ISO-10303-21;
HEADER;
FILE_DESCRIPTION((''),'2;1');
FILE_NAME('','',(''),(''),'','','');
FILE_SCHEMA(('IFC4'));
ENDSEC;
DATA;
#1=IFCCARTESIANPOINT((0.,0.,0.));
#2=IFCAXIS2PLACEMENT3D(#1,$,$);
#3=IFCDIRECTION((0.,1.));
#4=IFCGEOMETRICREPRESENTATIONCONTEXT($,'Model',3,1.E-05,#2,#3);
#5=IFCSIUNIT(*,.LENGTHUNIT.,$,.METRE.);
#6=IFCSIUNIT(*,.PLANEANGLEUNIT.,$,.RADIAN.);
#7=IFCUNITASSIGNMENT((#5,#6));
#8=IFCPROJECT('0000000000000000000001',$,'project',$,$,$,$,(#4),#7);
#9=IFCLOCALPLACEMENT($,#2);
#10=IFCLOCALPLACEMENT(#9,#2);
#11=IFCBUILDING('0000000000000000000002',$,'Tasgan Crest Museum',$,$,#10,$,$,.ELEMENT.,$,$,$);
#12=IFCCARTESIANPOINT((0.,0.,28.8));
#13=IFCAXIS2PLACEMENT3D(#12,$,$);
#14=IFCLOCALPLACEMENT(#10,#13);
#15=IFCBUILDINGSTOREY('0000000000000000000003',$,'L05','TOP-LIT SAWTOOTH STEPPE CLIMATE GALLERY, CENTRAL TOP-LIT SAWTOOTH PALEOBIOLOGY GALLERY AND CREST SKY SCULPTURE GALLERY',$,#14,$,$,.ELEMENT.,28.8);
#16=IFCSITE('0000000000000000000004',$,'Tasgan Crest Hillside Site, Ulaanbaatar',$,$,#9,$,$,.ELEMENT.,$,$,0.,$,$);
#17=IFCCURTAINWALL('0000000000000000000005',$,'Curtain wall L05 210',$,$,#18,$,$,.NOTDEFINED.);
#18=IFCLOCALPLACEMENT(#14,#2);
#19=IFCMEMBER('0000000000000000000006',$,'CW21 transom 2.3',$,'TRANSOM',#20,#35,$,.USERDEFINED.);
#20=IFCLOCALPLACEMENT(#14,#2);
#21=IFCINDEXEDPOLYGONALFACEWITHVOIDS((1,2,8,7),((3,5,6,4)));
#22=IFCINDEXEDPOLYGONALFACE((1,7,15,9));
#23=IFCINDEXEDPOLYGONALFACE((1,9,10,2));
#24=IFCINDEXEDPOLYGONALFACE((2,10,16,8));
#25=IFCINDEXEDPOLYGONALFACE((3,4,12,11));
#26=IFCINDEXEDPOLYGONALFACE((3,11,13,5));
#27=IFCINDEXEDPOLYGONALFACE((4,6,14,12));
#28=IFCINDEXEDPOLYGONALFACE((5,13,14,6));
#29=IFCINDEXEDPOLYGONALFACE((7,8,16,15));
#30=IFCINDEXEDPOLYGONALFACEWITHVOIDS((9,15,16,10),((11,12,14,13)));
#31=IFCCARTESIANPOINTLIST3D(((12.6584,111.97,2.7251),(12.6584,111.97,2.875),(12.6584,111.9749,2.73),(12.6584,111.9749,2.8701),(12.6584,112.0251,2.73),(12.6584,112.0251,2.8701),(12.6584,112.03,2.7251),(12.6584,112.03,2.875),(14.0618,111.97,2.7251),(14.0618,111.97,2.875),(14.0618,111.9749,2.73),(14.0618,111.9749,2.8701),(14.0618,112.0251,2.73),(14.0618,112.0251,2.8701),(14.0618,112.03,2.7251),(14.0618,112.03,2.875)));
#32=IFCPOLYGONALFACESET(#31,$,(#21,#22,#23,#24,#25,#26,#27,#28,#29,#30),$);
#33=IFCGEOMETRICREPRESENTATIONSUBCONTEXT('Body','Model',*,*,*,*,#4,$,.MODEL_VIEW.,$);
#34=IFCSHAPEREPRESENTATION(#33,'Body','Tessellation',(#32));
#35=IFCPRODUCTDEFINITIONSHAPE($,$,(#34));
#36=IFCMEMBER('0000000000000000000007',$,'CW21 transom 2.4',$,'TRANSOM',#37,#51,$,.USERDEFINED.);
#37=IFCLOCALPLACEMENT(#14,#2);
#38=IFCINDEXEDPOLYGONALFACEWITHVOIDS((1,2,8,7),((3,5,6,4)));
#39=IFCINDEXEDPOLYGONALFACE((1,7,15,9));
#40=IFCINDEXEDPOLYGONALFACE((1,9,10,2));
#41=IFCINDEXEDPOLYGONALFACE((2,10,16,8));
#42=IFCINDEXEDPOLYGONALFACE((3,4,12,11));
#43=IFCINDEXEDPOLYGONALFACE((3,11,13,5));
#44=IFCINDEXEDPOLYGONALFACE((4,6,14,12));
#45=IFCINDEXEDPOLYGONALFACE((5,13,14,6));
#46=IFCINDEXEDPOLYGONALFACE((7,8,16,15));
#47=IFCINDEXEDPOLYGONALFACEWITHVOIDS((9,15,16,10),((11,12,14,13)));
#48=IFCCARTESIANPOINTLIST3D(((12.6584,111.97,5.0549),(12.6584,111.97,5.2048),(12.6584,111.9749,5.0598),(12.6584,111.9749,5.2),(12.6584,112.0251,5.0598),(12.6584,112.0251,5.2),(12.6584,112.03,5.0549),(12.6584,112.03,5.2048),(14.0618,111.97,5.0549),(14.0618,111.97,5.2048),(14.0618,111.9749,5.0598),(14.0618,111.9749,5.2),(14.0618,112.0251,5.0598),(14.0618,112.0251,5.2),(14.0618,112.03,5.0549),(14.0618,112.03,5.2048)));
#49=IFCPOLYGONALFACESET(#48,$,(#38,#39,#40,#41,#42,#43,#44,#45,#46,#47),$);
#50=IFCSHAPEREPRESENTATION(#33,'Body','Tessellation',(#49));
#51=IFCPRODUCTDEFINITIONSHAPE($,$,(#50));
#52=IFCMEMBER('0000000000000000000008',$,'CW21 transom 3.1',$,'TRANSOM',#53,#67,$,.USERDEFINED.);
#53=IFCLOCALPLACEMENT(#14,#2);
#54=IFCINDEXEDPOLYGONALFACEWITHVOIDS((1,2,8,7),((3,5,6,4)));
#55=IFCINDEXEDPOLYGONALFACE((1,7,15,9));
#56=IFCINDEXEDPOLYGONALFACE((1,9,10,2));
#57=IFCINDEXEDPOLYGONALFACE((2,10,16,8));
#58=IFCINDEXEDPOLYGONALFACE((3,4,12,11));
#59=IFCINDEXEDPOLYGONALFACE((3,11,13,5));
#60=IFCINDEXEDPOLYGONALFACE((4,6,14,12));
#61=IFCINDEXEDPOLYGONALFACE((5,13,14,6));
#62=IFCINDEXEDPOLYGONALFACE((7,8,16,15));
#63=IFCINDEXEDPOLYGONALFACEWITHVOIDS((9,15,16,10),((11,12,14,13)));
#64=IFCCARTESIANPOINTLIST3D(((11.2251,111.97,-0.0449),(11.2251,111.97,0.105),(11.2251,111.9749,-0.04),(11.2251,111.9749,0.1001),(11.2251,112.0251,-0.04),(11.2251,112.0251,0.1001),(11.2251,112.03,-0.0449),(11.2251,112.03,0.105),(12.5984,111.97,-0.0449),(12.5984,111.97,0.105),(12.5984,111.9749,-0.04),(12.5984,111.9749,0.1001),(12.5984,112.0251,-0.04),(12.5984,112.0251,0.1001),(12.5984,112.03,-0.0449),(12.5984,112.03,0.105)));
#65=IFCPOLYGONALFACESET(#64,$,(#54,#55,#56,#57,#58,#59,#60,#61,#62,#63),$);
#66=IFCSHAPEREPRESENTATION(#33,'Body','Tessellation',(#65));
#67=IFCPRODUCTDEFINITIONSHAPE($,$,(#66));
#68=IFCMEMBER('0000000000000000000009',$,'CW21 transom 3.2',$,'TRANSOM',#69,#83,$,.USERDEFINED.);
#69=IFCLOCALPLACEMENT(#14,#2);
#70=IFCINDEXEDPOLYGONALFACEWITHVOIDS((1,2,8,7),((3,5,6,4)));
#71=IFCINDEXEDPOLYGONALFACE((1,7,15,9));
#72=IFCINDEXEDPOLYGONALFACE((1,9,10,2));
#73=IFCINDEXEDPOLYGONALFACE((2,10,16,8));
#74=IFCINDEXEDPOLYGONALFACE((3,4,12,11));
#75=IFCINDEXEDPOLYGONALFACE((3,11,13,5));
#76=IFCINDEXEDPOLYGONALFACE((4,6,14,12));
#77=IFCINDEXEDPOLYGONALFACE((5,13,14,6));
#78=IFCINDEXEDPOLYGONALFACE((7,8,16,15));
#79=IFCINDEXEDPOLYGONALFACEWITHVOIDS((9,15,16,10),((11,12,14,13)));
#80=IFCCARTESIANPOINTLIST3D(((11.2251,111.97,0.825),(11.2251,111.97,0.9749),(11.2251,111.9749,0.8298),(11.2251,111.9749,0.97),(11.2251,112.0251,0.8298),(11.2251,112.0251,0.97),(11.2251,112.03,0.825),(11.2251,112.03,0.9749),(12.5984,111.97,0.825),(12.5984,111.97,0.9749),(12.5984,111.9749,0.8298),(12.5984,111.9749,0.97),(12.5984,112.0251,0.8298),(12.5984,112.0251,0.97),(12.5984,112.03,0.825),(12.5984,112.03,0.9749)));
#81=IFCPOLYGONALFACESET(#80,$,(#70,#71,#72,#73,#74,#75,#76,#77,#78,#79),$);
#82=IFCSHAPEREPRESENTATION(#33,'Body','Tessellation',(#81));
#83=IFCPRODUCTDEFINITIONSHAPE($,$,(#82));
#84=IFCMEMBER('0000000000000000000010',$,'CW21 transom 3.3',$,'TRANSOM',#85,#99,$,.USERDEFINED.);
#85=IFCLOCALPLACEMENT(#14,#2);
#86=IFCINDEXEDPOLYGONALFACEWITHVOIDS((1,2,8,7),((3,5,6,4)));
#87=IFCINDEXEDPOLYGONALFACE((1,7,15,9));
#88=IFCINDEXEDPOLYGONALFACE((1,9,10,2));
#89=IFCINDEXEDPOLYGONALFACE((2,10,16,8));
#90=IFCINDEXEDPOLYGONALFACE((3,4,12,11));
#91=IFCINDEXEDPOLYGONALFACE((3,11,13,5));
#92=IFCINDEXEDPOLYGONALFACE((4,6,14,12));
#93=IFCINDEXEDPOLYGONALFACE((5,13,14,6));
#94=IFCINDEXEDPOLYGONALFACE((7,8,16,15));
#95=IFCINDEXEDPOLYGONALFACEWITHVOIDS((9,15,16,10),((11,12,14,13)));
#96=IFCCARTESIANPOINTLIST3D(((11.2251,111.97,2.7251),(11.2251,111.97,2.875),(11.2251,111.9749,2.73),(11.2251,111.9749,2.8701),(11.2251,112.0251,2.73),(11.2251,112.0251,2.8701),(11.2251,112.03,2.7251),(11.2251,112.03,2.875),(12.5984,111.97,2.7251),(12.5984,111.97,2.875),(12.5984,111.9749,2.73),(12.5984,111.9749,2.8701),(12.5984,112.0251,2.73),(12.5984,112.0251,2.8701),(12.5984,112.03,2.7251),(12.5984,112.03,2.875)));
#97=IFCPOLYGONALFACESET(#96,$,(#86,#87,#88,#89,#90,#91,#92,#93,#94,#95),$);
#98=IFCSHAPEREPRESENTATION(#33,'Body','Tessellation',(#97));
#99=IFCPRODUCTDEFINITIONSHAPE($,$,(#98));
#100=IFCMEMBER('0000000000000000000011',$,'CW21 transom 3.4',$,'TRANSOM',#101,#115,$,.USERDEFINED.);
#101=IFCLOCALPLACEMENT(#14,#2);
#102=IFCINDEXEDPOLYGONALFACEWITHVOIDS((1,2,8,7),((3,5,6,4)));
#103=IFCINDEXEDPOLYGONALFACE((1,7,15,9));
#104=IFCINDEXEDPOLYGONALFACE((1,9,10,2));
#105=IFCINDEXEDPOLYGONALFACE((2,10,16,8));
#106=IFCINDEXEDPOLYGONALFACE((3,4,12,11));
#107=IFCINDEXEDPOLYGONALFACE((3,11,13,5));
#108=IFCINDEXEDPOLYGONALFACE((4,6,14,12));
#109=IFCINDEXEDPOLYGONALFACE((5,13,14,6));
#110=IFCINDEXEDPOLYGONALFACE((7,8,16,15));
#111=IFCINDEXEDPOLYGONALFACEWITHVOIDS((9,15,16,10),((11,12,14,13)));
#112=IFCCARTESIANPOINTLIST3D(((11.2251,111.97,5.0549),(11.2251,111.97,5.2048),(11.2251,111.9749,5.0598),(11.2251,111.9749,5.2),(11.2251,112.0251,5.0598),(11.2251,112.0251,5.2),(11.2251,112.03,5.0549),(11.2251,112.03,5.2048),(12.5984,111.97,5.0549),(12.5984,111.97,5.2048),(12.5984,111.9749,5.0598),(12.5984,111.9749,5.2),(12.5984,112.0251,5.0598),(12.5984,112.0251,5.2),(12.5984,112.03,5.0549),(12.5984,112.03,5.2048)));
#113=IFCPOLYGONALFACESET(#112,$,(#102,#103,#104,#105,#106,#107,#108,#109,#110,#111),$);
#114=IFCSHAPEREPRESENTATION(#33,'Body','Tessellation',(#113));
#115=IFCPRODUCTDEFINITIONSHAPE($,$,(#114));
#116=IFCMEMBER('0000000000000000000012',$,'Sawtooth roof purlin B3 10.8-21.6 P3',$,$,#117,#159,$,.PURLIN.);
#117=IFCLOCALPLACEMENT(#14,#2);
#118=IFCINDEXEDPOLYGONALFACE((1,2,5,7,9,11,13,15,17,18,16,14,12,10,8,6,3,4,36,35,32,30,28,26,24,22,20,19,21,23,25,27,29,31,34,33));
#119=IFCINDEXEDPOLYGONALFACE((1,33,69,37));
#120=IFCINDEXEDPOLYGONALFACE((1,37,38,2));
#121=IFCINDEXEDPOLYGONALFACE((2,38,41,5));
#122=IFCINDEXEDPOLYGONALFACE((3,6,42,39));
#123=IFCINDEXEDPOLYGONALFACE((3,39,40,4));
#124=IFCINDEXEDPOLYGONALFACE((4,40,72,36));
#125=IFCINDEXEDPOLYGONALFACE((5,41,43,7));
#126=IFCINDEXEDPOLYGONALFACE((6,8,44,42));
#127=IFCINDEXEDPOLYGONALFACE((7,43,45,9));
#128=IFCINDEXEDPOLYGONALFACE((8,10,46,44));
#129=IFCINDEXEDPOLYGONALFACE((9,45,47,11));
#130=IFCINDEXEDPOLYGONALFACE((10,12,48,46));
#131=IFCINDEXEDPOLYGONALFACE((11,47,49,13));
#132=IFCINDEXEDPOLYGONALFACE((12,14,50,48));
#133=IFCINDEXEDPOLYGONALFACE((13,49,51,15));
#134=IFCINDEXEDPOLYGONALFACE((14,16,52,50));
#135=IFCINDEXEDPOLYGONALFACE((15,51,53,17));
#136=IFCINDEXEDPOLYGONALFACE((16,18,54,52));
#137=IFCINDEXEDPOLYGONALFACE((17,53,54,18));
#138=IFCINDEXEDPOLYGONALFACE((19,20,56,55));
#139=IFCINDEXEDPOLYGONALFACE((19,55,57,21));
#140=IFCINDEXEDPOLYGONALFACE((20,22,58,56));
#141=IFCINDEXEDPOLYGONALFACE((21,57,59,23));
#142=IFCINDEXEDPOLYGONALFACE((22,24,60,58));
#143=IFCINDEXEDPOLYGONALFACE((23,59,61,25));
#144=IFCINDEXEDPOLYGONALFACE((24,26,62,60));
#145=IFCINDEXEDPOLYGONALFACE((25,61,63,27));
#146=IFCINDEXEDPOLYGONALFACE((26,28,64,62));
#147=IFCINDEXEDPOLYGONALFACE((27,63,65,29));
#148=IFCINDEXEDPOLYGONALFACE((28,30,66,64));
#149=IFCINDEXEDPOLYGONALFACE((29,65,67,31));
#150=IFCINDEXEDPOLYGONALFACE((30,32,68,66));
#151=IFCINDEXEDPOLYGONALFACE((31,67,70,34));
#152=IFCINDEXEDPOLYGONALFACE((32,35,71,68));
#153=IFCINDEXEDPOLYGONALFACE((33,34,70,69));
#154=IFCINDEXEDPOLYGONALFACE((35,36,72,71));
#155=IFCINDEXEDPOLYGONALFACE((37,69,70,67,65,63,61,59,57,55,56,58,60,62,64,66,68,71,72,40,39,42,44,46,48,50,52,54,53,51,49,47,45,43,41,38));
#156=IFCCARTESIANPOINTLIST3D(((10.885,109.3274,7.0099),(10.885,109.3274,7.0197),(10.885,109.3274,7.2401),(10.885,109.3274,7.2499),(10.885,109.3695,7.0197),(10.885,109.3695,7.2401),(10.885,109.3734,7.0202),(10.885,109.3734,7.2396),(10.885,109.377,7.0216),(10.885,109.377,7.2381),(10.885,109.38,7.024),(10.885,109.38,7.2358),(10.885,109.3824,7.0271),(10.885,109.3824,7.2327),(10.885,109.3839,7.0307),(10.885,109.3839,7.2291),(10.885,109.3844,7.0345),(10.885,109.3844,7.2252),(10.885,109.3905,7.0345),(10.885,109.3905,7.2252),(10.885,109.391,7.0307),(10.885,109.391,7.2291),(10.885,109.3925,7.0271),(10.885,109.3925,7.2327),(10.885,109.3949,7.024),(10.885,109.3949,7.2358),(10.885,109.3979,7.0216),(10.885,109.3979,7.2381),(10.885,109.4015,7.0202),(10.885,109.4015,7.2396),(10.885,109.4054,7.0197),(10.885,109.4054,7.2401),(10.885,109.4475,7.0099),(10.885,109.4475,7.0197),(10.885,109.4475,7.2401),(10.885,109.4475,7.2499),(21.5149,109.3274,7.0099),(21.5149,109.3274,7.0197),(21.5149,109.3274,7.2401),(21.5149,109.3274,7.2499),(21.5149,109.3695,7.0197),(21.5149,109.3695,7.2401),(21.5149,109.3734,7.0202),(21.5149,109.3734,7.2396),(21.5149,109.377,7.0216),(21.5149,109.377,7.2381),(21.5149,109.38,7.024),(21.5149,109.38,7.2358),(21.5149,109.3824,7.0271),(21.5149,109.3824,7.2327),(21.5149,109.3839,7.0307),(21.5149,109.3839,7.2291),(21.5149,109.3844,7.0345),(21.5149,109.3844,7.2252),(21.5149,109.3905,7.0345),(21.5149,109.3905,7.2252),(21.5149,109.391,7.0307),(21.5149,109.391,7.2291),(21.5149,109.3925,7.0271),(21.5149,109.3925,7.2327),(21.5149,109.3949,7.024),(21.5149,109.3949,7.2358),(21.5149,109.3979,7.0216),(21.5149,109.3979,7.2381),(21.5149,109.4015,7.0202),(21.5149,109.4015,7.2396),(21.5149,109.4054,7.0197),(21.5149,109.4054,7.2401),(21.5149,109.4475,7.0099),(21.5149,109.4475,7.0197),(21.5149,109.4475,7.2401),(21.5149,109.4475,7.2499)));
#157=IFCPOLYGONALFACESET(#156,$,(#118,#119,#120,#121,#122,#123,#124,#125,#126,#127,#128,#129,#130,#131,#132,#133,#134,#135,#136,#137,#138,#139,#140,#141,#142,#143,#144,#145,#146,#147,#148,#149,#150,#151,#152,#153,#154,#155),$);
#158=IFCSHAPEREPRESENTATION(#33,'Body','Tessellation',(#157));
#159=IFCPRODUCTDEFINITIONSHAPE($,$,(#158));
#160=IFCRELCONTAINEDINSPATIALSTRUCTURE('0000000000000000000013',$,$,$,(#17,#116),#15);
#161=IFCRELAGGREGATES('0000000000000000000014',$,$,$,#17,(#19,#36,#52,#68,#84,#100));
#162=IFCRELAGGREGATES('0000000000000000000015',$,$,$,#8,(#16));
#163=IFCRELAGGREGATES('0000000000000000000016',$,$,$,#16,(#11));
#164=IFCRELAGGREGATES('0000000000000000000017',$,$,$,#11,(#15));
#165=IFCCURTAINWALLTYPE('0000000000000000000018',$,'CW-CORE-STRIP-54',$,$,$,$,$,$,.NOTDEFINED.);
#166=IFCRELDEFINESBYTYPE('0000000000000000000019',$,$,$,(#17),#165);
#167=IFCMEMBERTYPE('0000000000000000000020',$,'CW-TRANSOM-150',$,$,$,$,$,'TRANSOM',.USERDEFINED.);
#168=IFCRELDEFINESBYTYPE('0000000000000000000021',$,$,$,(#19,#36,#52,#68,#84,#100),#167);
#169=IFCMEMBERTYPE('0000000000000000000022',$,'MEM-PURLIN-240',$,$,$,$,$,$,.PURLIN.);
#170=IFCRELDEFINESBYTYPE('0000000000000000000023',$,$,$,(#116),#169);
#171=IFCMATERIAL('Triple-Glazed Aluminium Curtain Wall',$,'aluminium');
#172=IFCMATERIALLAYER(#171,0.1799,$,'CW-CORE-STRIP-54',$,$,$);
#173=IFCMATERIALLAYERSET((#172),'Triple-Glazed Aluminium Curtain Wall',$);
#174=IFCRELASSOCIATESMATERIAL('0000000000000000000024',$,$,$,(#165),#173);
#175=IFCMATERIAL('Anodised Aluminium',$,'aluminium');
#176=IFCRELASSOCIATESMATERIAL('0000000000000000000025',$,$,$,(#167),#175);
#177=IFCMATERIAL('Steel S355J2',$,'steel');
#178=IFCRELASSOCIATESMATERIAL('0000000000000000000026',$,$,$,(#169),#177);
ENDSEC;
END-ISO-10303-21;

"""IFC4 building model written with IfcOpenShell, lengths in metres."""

from ifc_helpers import new_model, si_unit, direction, frame, origin, origin_2d, place, context, subcontext, project, spatial, hollow_rectangle, i_section, extrude, material, layer, layer_set, material_profile, profile_set, type_object, element, aggregate, save


model = new_model("IFC4")

# Units and contexts
model_context = context("Model", 3, precision=1e-05, world=origin(), true_north=direction((0.0, 1.0)))
body_context = subcontext(model_context, "Body", "Model", "MODEL_VIEW")
ifc_project = project(units=[si_unit("LENGTHUNIT", "METRE"), si_unit("PLANEANGLEUNIT", "RADIAN")], contexts=[model_context])

# Site, building, storey
site_placement = place(None, origin())
site = spatial("IfcSite", under=ifc_project, at=site_placement, Name="Tasgan Crest Hillside Site, Ulaanbaatar", CompositionType="ELEMENT", RefElevation=0.0)
building_placement = place(site_placement, origin())
building = spatial("IfcBuilding", under=site, at=building_placement, Name="Tasgan Crest Museum", CompositionType="ELEMENT")
storey_placement = place(building_placement, frame((0.0, 0.0, 28.8)))
storey = spatial("IfcBuildingStorey", under=building, at=storey_placement, Name="L05", Description="TOP-LIT SAWTOOTH STEPPE CLIMATE GALLERY, CENTRAL TOP-LIT SAWTOOTH PALEOBIOLOGY GALLERY AND CREST SKY SCULPTURE GALLERY", CompositionType="ELEMENT", Elevation=28.8)

# Curtain wall, members
ifc_material_1 = material(Name="Triple-Glazed Aluminium Curtain Wall", Category="aluminium")
ifc_layer_1 = layer(ifc_material_1, 0.1799, Name="CW-CORE-STRIP-54")
ifc_layer_set_1 = layer_set([ifc_layer_1], Name="Triple-Glazed Aluminium Curtain Wall")
curtain_wall_type = type_object("IfcCurtainWallType", Name="CW-CORE-STRIP-54", PredefinedType="NOTDEFINED", material=ifc_layer_set_1)
curtain_wall_placement = place(storey_placement, origin())
curtain_wall = element("IfcCurtainWall", 1, at=curtain_wall_placement, inside=storey, type_object=curtain_wall_type, Name="Curtain wall L05 210", PredefinedType="NOTDEFINED")
ifc_material_2 = material(Name="Anodised Aluminium", Category="aluminium")
ifc_material_profile_1 = material_profile(ifc_material_2, hollow_rectangle(XDim=0.0601, YDim=0.1499, WallThickness=0.0049, at=origin_2d()), Name="ALU TRANSOM 150x60x5")
ifc_profile_set_1 = profile_set([ifc_material_profile_1], Name="Anodised Aluminium")
member_type_1 = type_object("IfcMemberType", Name="CW-TRANSOM-150", ElementType="TRANSOM", PredefinedType="USERDEFINED", material=ifc_profile_set_1)
member_1_placement = place(storey_placement, frame((14.0618, 112.0, 2.8), z_axis=(-1.0, 0.0, 0.0), x_axis=(0.0, -1.0, 0.0)))
member_1 = element("IfcMember", 2, at=member_1_placement, type_object=member_type_1, Name="CW21 transom 2.3", ObjectType="TRANSOM", PredefinedType="USERDEFINED", context=body_context, shape_type="SweptSolid", body=[
    extrude(hollow_rectangle(XDim=0.0601, YDim=0.1499, WallThickness=0.0049, at=origin_2d()), origin(), (0.0, 0.0, 1.0), 1.4033),
])
member_2_placement = place(storey_placement, frame((14.0618, 112.0, 5.1299), z_axis=(-1.0, 0.0, 0.0), x_axis=(0.0, -1.0, 0.0)))
member_2 = element("IfcMember", 3, at=member_2_placement, type_object=member_type_1, Name="CW21 transom 2.4", ObjectType="TRANSOM", PredefinedType="USERDEFINED", context=body_context, shape_type="SweptSolid", body=[
    extrude(hollow_rectangle(XDim=0.0601, YDim=0.1499, WallThickness=0.0049, at=origin_2d()), origin(), (0.0, 0.0, 1.0), 1.4033),
])
member_3_placement = place(storey_placement, frame((12.5984, 112.0, 0.03), z_axis=(-1.0, 0.0, 0.0), x_axis=(0.0, -1.0, 0.0)))
member_3 = element("IfcMember", 4, at=member_3_placement, type_object=member_type_1, Name="CW21 transom 3.1", ObjectType="TRANSOM", PredefinedType="USERDEFINED", context=body_context, shape_type="SweptSolid", body=[
    extrude(hollow_rectangle(XDim=0.0601, YDim=0.1499, WallThickness=0.0049, at=origin_2d()), origin(), (0.0, 0.0, 1.0), 1.3733),
])
member_4_placement = place(storey_placement, frame((12.5984, 112.0, 0.8999), z_axis=(-1.0, 0.0, 0.0), x_axis=(0.0, -1.0, 0.0)))
member_4 = element("IfcMember", 5, at=member_4_placement, type_object=member_type_1, Name="CW21 transom 3.2", ObjectType="TRANSOM", PredefinedType="USERDEFINED", context=body_context, shape_type="SweptSolid", body=[
    extrude(hollow_rectangle(XDim=0.0601, YDim=0.1499, WallThickness=0.0049, at=origin_2d()), origin(), (0.0, 0.0, 1.0), 1.3733),
])
member_5_placement = place(storey_placement, frame((12.5984, 112.0, 2.8), z_axis=(-1.0, 0.0, 0.0), x_axis=(0.0, -1.0, 0.0)))
member_5 = element("IfcMember", 6, at=member_5_placement, type_object=member_type_1, Name="CW21 transom 3.3", ObjectType="TRANSOM", PredefinedType="USERDEFINED", context=body_context, shape_type="SweptSolid", body=[
    extrude(hollow_rectangle(XDim=0.0601, YDim=0.1499, WallThickness=0.0049, at=origin_2d()), origin(), (0.0, 0.0, 1.0), 1.3733),
])
member_6_placement = place(storey_placement, frame((12.5984, 112.0, 5.1299), z_axis=(-1.0, 0.0, 0.0), x_axis=(0.0, -1.0, 0.0)))
member_6 = element("IfcMember", 7, at=member_6_placement, type_object=member_type_1, Name="CW21 transom 3.4", ObjectType="TRANSOM", PredefinedType="USERDEFINED", context=body_context, shape_type="SweptSolid", body=[
    extrude(hollow_rectangle(XDim=0.0601, YDim=0.1499, WallThickness=0.0049, at=origin_2d()), origin(), (0.0, 0.0, 1.0), 1.3733),
])

# Member
ifc_material_3 = material(Name="Steel S355J2", Category="steel")
ifc_material_profile_2 = material_profile(ifc_material_3, i_section(OverallWidth=0.1201, OverallDepth=0.24, WebThickness=0.0061, FlangeThickness=0.0098, FilletRadius=0.0149, at=origin_2d()), Name="IPE 240")
ifc_profile_set_2 = profile_set([ifc_material_profile_2], Name="Steel S355J2")
member_type_2 = type_object("IfcMemberType", Name="MEM-PURLIN-240", PredefinedType="PURLIN", material=ifc_profile_set_2)
member_7_placement = place(storey_placement, frame((10.885, 109.3875, 7.1299), z_axis=(1.0, 0.0, 0.0), x_axis=(0.0, 1.0, 0.0)))
element("IfcMember", 8, at=member_7_placement, inside=storey, type_object=member_type_2, Name="Sawtooth roof purlin B3 10.8-21.6 P3", PredefinedType="PURLIN", context=body_context, shape_type="SweptSolid", body=[
    extrude(i_section(OverallWidth=0.1201, OverallDepth=0.24, WebThickness=0.0061, FlangeThickness=0.0098, FilletRadius=0.0149, at=origin_2d()), origin(), (0.0, 0.0, 1.0), 10.6299),
])

aggregate(curtain_wall, [member_1, member_2, member_3, member_4, member_5, member_6])

save(model, "model.ifc")
